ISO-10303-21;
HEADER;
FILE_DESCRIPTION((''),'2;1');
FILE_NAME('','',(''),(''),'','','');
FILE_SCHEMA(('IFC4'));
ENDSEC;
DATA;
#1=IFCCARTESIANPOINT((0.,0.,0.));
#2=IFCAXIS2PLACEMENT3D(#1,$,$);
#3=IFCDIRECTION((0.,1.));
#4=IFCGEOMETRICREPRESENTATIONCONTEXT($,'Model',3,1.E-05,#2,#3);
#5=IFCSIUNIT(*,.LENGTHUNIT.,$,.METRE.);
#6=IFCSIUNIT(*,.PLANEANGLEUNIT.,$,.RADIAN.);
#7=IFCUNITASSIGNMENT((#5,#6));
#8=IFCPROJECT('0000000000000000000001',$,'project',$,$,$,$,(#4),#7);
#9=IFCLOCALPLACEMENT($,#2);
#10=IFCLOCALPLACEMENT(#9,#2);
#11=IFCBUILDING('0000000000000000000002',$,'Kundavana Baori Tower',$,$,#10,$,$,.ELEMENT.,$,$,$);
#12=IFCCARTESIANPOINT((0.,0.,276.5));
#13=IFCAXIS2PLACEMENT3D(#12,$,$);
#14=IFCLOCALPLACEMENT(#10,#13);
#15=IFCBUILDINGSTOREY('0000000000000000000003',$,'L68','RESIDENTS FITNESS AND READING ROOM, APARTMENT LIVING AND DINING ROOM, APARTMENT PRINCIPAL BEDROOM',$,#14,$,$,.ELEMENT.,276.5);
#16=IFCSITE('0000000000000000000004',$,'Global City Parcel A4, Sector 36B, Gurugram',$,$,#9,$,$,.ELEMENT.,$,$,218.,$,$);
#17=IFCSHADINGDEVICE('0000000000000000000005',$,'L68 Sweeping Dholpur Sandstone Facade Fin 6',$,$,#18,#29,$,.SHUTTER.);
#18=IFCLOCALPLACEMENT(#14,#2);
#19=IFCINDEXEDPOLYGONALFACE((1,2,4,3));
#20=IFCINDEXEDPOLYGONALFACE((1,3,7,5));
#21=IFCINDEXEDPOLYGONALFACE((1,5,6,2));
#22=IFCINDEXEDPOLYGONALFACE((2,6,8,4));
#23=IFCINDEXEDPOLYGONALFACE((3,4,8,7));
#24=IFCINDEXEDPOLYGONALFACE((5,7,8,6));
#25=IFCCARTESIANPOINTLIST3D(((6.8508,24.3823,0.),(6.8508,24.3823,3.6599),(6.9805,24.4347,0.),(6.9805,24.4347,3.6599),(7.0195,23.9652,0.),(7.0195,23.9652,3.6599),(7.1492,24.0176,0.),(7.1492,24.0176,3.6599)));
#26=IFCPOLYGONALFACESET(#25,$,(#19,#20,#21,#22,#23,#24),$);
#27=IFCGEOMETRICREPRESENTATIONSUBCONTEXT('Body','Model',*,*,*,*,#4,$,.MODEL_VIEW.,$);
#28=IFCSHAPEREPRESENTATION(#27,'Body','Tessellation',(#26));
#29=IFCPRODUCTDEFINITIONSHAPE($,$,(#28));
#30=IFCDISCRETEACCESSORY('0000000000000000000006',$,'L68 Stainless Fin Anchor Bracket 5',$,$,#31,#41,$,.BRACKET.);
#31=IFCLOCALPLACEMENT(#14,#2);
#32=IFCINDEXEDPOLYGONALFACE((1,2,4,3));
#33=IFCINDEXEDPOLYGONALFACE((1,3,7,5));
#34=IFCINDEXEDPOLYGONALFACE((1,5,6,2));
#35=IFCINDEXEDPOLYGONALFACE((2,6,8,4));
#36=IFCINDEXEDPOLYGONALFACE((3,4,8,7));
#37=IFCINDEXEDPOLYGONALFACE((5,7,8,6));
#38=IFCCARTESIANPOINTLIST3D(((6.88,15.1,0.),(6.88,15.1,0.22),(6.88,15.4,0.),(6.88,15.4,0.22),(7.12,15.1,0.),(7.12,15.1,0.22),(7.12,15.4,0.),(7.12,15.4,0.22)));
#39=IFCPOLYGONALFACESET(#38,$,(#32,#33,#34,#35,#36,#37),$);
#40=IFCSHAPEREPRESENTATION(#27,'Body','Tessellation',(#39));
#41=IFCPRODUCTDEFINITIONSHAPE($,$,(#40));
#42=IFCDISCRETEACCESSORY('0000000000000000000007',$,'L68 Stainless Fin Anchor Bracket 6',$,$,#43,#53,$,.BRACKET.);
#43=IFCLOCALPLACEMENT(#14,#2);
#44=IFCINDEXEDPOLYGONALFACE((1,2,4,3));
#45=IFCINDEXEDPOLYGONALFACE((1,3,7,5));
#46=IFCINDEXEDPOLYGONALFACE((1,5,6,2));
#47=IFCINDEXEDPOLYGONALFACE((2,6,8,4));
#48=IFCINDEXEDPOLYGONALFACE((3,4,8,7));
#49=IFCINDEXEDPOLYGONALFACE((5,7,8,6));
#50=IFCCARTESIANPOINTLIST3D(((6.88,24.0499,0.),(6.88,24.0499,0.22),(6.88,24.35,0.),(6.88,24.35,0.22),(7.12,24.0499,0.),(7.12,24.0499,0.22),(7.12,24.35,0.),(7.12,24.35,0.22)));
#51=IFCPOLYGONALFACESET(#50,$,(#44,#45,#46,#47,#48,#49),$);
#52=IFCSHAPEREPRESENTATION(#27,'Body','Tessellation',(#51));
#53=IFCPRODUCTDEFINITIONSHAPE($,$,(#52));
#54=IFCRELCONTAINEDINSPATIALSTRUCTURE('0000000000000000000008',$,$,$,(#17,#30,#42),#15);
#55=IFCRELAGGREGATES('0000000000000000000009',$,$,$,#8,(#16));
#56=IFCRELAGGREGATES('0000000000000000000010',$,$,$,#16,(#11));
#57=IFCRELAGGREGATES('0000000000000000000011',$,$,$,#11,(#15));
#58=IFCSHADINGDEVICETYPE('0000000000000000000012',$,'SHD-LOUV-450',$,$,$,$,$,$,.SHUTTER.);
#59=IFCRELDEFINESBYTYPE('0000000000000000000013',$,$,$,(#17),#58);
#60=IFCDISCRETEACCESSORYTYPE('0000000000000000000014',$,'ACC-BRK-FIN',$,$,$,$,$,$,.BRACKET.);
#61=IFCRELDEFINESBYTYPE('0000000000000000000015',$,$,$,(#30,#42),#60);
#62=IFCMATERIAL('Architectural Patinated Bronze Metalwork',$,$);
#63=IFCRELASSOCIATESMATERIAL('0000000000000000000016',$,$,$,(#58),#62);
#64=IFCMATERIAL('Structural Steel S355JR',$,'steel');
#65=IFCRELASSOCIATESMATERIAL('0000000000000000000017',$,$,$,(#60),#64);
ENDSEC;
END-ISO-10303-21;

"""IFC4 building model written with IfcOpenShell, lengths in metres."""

from ifc_helpers import new_model, si_unit, direction, frame, origin, origin_2d, place, context, subcontext, project, spatial, rectangle, extrude, material, type_object, element, save


model = new_model("IFC4")

# Units and contexts
model_context = context("Model", 3, precision=1e-05, world=origin(), true_north=direction((0.0, 1.0)))
body_context = subcontext(model_context, "Body", "Model", "MODEL_VIEW")
ifc_project = project(units=[si_unit("LENGTHUNIT", "METRE"), si_unit("PLANEANGLEUNIT", "RADIAN")], contexts=[model_context])

# Site, building, storey
site_placement = place(None, origin())
site = spatial("IfcSite", under=ifc_project, at=site_placement, Name="Global City Parcel A4, Sector 36B, Gurugram", CompositionType="ELEMENT", RefElevation=218.0)
building_placement = place(site_placement, origin())
building = spatial("IfcBuilding", under=site, at=building_placement, Name="Kundavana Baori Tower", CompositionType="ELEMENT")
storey_placement = place(building_placement, frame((0.0, 0.0, 276.5)))
storey = spatial("IfcBuildingStorey", under=building, at=storey_placement, Name="L68", Description="RESIDENTS FITNESS AND READING ROOM, APARTMENT LIVING AND DINING ROOM, APARTMENT PRINCIPAL BEDROOM", CompositionType="ELEMENT", Elevation=276.5)

# Shading device
ifc_material_1 = material(Name="Architectural Patinated Bronze Metalwork")
shading_device_type_1 = type_object("IfcShadingDeviceType", Name="SHD-LOUV-450", PredefinedType="SHUTTER", material=ifc_material_1)
shading_device_1_placement = place(storey_placement, frame((7.0, 24.2, 0.0), z_axis=(0.0, 0.0, 1.0), x_axis=(0.927118, 0.374768, 0.0)))
element("IfcShadingDevice", 1, at=shading_device_1_placement, inside=storey, type_object=shading_device_type_1, Name="L68 Sweeping Dholpur Sandstone Facade Fin 6", PredefinedType="SHUTTER", context=body_context, shape_type="SweptSolid", body=[
    extrude(rectangle(XDim=0.1399, YDim=0.45, at=origin_2d()), origin(), (0.0, 0.0, 1.0), 3.6599),
])

# Discrete accessories
ifc_material_2 = material(Name="Structural Steel S355JR", Category="steel")
discrete_accessory_type = type_object("IfcDiscreteAccessoryType", Name="ACC-BRK-FIN", PredefinedType="BRACKET", material=ifc_material_2)
for number, where, z_axis, x_axis, name in (
    (2, (7.0, 15.25, 0.0), (0.0, 0.0, 1.0), (1.0, 0.0, 0.0), "L68 Stainless Fin Anchor Bracket 5"),
    (3, (7.0, 24.2, 0.0), (0.0, 0.0, 1.0), (1.0, 0.0, 0.0), "L68 Stainless Fin Anchor Bracket 6"),
):
    element("IfcDiscreteAccessory", number, at=place(storey_placement, frame(where, z_axis=z_axis, x_axis=x_axis)), inside=storey, type_object=discrete_accessory_type, Name=name, PredefinedType="BRACKET", context=body_context, shape_type="SweptSolid", body=[
        extrude(rectangle(XDim=0.24, YDim=0.3, at=origin_2d()), origin(), (0.0, 0.0, 1.0), 0.22),
    ])

save(model, "model.ifc")
